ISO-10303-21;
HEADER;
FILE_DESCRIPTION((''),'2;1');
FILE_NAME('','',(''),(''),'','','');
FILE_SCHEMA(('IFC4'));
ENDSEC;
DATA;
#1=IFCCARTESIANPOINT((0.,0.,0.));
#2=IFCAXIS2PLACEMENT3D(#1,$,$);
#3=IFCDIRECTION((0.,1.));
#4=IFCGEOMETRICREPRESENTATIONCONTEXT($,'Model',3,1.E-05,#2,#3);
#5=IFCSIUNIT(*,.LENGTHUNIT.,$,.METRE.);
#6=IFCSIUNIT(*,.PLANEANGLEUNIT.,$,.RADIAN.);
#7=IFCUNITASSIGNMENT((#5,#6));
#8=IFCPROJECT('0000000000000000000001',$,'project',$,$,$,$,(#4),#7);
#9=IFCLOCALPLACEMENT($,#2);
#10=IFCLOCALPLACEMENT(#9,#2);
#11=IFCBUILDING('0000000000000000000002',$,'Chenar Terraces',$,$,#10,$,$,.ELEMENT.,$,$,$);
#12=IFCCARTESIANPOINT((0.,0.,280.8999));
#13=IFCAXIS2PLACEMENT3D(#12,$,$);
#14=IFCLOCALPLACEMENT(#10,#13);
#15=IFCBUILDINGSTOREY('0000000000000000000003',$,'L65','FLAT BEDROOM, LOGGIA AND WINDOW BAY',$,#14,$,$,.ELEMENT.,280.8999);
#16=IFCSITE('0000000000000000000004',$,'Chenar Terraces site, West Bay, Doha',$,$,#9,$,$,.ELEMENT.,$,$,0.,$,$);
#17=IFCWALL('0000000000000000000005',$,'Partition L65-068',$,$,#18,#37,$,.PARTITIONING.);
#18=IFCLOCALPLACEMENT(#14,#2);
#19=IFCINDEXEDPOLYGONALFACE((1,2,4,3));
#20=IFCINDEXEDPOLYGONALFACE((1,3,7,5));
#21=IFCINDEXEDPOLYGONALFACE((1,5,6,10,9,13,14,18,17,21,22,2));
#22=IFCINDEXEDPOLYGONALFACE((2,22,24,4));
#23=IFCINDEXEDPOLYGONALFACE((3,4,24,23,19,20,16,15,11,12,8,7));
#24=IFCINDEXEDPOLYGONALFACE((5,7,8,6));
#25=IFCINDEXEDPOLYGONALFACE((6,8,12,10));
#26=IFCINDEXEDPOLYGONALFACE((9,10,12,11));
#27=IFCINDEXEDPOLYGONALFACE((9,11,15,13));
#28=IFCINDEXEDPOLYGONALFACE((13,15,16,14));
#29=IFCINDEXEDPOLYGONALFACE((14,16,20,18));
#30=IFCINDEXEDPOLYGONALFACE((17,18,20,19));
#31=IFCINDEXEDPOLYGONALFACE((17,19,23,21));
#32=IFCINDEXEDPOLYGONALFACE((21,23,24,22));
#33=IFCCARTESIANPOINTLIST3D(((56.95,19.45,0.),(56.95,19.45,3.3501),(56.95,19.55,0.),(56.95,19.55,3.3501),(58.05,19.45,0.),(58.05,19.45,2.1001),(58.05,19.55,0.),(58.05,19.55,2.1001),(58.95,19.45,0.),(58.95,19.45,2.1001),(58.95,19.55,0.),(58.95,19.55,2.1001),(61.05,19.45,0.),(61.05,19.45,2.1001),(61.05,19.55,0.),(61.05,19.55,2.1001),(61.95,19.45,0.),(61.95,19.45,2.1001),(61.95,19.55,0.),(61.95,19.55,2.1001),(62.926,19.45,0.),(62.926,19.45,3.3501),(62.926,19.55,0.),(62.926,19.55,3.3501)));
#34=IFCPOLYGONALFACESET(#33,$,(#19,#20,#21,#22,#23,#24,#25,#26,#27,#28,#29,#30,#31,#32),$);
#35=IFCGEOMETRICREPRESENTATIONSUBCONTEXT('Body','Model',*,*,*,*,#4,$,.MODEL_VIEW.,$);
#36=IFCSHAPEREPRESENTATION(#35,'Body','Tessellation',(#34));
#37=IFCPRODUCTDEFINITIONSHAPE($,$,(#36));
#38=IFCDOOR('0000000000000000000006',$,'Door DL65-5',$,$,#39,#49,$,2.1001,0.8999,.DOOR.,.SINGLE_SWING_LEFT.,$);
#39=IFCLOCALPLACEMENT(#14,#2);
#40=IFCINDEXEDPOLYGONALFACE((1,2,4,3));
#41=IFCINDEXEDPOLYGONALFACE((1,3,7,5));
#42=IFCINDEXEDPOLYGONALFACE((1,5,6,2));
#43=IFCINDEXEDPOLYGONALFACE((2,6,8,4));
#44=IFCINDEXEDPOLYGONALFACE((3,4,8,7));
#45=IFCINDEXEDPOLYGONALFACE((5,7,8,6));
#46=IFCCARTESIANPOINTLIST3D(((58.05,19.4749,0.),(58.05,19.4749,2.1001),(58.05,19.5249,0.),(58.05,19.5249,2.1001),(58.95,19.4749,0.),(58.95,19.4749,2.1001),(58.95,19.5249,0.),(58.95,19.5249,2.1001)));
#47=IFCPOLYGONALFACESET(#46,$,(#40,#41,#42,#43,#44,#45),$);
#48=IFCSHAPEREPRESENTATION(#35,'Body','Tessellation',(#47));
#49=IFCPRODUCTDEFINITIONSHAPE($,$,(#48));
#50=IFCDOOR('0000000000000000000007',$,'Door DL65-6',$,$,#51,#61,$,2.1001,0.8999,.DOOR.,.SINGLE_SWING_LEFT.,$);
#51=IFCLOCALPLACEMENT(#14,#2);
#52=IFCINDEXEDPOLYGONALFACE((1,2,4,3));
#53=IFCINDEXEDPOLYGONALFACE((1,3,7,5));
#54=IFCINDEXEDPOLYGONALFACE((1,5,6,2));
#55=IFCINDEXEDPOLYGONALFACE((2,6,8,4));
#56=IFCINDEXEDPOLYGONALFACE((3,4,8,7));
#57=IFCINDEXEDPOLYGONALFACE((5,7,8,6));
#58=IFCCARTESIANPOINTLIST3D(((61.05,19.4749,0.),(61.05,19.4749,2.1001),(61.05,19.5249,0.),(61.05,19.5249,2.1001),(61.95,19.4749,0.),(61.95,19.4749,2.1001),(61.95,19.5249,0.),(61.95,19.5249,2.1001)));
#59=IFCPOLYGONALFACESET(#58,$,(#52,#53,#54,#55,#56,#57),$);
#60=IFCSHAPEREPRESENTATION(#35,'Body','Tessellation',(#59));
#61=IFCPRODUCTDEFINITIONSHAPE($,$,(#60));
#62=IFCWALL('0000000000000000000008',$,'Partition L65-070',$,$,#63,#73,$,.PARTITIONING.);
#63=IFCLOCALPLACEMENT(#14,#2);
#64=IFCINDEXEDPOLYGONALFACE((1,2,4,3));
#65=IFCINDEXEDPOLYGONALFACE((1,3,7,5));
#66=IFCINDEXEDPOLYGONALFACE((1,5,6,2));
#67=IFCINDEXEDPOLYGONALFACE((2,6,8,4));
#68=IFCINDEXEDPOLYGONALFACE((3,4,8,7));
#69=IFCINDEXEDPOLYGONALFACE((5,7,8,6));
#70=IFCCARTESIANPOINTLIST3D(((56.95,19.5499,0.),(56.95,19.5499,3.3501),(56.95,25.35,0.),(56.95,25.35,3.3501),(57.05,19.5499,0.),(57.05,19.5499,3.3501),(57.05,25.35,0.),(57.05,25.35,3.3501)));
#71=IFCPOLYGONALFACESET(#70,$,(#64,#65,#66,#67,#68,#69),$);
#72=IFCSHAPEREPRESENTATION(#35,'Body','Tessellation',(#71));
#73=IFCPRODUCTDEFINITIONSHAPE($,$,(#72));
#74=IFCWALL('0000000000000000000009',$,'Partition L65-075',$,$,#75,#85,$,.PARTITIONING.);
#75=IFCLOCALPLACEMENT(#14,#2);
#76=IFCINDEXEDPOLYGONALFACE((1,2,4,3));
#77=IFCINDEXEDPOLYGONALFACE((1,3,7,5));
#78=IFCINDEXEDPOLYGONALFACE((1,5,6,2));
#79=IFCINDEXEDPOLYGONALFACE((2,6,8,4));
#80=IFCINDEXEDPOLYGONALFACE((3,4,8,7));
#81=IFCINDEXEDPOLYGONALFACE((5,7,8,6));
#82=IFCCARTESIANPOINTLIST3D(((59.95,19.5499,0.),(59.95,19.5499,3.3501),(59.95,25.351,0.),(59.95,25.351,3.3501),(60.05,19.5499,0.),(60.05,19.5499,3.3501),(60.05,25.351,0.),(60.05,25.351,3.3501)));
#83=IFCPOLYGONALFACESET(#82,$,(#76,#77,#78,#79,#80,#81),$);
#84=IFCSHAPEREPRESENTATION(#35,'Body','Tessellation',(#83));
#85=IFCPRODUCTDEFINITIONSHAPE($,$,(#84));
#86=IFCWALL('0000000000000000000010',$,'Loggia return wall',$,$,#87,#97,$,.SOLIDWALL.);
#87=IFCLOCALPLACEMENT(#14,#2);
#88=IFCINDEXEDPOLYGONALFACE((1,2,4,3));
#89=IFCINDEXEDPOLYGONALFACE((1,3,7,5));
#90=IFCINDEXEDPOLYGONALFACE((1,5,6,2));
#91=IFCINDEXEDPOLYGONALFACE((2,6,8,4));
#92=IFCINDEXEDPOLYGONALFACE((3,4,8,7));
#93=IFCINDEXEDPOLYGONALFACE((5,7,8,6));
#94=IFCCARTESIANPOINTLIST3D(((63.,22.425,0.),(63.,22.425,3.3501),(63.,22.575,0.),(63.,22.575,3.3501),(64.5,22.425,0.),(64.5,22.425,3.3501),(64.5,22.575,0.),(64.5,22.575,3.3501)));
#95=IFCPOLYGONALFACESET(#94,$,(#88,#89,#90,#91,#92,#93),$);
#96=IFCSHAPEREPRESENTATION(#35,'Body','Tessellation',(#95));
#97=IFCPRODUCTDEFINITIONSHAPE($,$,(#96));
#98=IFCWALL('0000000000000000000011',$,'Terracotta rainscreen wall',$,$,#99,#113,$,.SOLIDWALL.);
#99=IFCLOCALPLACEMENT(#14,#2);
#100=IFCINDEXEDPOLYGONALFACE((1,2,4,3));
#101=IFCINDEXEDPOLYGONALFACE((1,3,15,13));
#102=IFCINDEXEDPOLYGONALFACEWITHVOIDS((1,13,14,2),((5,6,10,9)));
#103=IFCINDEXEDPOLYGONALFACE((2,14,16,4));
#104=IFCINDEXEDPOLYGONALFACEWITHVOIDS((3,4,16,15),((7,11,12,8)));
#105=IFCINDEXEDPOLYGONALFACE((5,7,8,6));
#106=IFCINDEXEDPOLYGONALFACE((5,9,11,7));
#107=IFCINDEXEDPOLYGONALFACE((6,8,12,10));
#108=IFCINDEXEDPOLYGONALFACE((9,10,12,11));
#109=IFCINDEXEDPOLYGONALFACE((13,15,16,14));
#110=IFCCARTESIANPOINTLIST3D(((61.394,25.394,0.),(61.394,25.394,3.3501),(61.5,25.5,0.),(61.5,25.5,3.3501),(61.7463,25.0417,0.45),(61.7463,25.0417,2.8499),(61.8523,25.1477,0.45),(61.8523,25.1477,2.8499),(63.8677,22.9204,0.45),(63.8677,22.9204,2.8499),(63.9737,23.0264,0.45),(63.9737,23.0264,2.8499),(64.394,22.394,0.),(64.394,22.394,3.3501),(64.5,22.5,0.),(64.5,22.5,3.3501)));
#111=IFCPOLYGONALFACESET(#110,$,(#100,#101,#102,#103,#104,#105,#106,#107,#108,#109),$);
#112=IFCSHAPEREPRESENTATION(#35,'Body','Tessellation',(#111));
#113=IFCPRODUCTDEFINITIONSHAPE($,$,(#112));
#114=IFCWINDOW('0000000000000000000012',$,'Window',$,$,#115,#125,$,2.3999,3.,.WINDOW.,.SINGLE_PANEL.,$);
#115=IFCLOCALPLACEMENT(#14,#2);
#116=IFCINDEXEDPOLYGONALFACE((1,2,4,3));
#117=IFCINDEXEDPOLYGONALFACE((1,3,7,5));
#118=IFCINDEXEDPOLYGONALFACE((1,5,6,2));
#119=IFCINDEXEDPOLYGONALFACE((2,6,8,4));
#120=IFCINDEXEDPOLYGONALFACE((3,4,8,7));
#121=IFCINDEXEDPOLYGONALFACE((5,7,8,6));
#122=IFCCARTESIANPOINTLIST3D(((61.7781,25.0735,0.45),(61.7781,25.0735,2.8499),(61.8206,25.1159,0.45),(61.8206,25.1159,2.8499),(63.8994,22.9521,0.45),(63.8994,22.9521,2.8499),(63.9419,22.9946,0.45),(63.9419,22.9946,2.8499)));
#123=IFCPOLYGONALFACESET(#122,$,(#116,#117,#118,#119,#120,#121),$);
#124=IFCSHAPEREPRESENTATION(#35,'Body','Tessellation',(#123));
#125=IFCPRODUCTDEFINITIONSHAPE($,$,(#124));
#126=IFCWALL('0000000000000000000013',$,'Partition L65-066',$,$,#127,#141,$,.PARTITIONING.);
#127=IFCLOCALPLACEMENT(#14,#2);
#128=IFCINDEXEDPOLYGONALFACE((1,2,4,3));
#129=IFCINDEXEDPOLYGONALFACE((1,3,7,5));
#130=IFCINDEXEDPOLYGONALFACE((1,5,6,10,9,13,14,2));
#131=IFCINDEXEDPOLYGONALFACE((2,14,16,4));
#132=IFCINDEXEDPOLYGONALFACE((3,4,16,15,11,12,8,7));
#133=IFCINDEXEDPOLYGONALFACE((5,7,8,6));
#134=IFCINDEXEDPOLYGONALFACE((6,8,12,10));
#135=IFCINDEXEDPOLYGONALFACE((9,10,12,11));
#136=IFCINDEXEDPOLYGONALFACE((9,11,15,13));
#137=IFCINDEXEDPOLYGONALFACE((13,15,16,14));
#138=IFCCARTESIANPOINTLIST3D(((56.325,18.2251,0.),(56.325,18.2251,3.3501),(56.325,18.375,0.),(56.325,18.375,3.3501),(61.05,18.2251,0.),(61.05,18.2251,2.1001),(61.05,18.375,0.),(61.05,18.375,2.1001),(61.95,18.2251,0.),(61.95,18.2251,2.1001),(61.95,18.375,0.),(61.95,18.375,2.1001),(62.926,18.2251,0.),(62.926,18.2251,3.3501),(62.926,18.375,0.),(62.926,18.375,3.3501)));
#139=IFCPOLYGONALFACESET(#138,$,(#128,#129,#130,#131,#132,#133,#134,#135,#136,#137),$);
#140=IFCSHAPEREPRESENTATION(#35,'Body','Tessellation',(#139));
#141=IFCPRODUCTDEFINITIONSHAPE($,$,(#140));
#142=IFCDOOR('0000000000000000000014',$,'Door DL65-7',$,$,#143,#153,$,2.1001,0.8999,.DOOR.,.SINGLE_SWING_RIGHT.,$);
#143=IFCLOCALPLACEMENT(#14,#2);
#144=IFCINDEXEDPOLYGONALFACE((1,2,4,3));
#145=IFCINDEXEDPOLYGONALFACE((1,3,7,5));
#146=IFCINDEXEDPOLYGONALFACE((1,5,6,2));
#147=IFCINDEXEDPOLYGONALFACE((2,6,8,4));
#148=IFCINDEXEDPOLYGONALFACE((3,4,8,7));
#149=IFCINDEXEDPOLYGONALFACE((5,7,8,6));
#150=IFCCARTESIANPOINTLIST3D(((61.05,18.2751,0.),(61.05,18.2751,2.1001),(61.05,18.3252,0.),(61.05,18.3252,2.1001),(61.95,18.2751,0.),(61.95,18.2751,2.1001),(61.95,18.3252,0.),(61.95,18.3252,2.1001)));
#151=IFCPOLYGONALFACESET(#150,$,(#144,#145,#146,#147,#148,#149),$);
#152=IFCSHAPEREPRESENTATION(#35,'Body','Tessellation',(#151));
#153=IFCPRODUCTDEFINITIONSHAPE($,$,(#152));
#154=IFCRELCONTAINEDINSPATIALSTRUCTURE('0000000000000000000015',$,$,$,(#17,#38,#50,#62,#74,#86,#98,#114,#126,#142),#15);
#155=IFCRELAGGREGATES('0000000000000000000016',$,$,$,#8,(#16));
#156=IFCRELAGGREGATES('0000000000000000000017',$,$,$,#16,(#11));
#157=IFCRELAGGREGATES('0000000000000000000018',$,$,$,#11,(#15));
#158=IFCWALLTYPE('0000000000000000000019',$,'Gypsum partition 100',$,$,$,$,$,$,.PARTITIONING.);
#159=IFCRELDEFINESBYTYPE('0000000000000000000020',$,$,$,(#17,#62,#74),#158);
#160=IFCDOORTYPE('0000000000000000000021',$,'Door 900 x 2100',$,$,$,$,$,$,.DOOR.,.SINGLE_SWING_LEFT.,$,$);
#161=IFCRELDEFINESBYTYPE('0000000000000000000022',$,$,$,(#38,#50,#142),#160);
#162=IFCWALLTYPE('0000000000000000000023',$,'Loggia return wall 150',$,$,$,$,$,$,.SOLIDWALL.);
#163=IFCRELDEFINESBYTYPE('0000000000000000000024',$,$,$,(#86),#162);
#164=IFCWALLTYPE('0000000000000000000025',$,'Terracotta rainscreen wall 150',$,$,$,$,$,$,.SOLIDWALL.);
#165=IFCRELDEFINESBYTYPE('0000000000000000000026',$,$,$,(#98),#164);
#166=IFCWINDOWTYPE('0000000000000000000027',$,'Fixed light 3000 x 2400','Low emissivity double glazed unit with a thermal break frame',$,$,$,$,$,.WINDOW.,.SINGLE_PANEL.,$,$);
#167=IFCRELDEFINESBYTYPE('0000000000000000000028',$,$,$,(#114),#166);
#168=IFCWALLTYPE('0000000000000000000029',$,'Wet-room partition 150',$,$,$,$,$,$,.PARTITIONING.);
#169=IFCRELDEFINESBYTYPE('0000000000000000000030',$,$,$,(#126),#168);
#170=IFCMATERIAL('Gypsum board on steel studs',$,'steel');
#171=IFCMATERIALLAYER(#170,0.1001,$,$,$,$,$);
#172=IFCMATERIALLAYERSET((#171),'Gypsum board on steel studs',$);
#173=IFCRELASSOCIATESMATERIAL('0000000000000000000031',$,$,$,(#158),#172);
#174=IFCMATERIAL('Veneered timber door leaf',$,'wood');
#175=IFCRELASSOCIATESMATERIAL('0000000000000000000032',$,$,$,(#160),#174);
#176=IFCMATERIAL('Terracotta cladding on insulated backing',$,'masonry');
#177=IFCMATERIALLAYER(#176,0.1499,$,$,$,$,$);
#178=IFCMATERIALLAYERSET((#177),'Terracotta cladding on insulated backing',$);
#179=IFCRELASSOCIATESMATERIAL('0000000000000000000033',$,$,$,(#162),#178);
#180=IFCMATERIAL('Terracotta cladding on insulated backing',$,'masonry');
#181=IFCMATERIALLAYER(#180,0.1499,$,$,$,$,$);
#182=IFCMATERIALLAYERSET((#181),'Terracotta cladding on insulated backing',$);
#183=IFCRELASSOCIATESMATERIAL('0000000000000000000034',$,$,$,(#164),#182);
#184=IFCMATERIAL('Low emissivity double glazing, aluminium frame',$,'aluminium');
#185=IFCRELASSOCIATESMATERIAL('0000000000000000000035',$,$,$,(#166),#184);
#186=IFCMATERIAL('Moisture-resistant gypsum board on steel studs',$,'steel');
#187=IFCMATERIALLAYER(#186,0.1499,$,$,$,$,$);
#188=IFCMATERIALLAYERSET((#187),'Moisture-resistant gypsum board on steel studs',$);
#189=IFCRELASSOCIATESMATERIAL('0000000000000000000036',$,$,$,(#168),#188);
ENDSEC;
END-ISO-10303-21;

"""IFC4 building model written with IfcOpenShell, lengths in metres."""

from ifc_helpers import new_model, si_unit, direction, frame, frame_2d, origin, place, context, subcontext, project, spatial, rectangle, extrude, material, layer, layer_set, type_object, element, fill, save


model = new_model("IFC4")

# Units and contexts
model_context = context("Model", 3, precision=1e-05, world=origin(), true_north=direction((0.0, 1.0)))
body_context = subcontext(model_context, "Body", "Model", "MODEL_VIEW")
ifc_project = project(units=[si_unit("LENGTHUNIT", "METRE"), si_unit("PLANEANGLEUNIT", "RADIAN")], contexts=[model_context])

# Site, building, storey
site_placement = place(None, origin())
site = spatial("IfcSite", under=ifc_project, at=site_placement, Name="Chenar Terraces site, West Bay, Doha", CompositionType="ELEMENT", RefElevation=0.0)
building_placement = place(site_placement, origin())
building = spatial("IfcBuilding", under=site, at=building_placement, Name="Chenar Terraces", CompositionType="ELEMENT")
storey_placement = place(building_placement, frame((0.0, 0.0, 280.8999)))
storey = spatial("IfcBuildingStorey", under=building, at=storey_placement, Name="L65", Description="FLAT BEDROOM, LOGGIA AND WINDOW BAY", CompositionType="ELEMENT", Elevation=280.8999)

# Wall, openings, doors
ifc_material_1 = material(Name="Gypsum board on steel studs", Category="steel")
ifc_layer_1 = layer(ifc_material_1, 0.1001)
ifc_layer_set_1 = layer_set([ifc_layer_1], Name="Gypsum board on steel studs")
wall_type_1 = type_object("IfcWallType", Name="Gypsum partition 100", PredefinedType="PARTITIONING", material=ifc_layer_set_1)
wall_1_placement = place(storey_placement, frame((56.95, 19.5, 0.0), z_axis=(0.0, 0.0, 1.0), x_axis=(1.0, 0.0, 0.0)))
wall_1 = element("IfcWall", 1, at=wall_1_placement, inside=storey, type_object=wall_type_1, Name="Partition L65-068", PredefinedType="PARTITIONING", context=body_context, shape_type="SweptSolid", body=[
    extrude(rectangle(XDim=5.9761, YDim=0.1001, at=frame_2d((2.988, 0.0))), origin(), (0.0, 0.0, 1.0), 3.3501),
])
opening_1_placement = place(wall_1_placement, frame((1.1001, 0.0, 0.0)))
opening_1 = element("IfcOpeningElement", 2, at=opening_1_placement, cuts=wall_1, PredefinedType="OPENING", context=body_context, shape_type="SweptSolid", body=[
    extrude(rectangle(XDim=0.8999, YDim=2.1001, at=frame_2d((0.45, 1.05))), frame((0.0, 0.0601, 0.0), z_axis=(0.0, -1.0, 0.0), x_axis=(1.0, 0.0, 0.0)), (0.0, 0.0, 1.0), 0.1201),
])
opening_2_placement = place(wall_1_placement, frame((4.1001, 0.0, 0.0)))
opening_2 = element("IfcOpeningElement", 3, at=opening_2_placement, cuts=wall_1, PredefinedType="OPENING", context=body_context, shape_type="SweptSolid", body=[
    extrude(rectangle(XDim=0.8999, YDim=2.1001, at=frame_2d((0.45, 1.05))), frame((0.0, 0.0601, 0.0), z_axis=(0.0, -1.0, 0.0), x_axis=(1.0, 0.0, 0.0)), (0.0, 0.0, 1.0), 0.1201),
])
ifc_material_2 = material(Name="Veneered timber door leaf", Category="wood")
door_type = type_object("IfcDoorType", Name="Door 900 x 2100", OperationType="SINGLE_SWING_LEFT", PredefinedType="DOOR", material=ifc_material_2)
door_1_placement = place(opening_1_placement, origin())
door_1 = element("IfcDoor", 4, at=door_1_placement, inside=storey, type_object=door_type, Name="Door DL65-5", OperationType="SINGLE_SWING_LEFT", OverallHeight=2.1001, OverallWidth=0.8999, PredefinedType="DOOR", context=body_context, shape_type="SweptSolid", body=[
    extrude(rectangle(XDim=0.8999, YDim=2.1001, at=frame_2d((0.45, 1.05))), frame((0.0, 0.0249, 0.0), z_axis=(0.0, -1.0, 0.0), x_axis=(1.0, 0.0, 0.0)), (0.0, 0.0, 1.0), 0.05),
])
fill(opening_1, door_1)
door_2_placement = place(opening_2_placement, origin())
door_2 = element("IfcDoor", 5, at=door_2_placement, inside=storey, type_object=door_type, Name="Door DL65-6", OperationType="SINGLE_SWING_LEFT", OverallHeight=2.1001, OverallWidth=0.8999, PredefinedType="DOOR", context=body_context, shape_type="SweptSolid", body=[
    extrude(rectangle(XDim=0.8999, YDim=2.1001, at=frame_2d((0.45, 1.05))), frame((0.0, 0.0249, 0.0), z_axis=(0.0, -1.0, 0.0), x_axis=(1.0, 0.0, 0.0)), (0.0, 0.0, 1.0), 0.05),
])
fill(opening_2, door_2)

# Walls
wall_2_placement = place(storey_placement, frame((57.0, 19.55, 0.0), z_axis=(0.0, 0.0, 1.0), x_axis=(0.0, 1.0, 0.0)))
element("IfcWall", 6, at=wall_2_placement, inside=storey, type_object=wall_type_1, Name="Partition L65-070", PredefinedType="PARTITIONING", context=body_context, shape_type="SweptSolid", body=[
    extrude(rectangle(XDim=5.8, YDim=0.1001, at=frame_2d((2.8999, 0.0))), origin(), (0.0, 0.0, 1.0), 3.3501),
])
wall_3_placement = place(storey_placement, frame((60.0, 19.55, 0.0), z_axis=(0.0, 0.0, 1.0), x_axis=(0.0, 1.0, 0.0)))
element("IfcWall", 7, at=wall_3_placement, inside=storey, type_object=wall_type_1, Name="Partition L65-075", PredefinedType="PARTITIONING", context=body_context, shape_type="SweptSolid", body=[
    extrude(rectangle(XDim=5.801, YDim=0.1001, at=frame_2d((2.9004, 0.0))), origin(), (0.0, 0.0, 1.0), 3.3501),
])
ifc_material_3 = material(Name="Terracotta cladding on insulated backing", Category="masonry")
ifc_layer_2 = layer(ifc_material_3, 0.1499)
ifc_layer_set_2 = layer_set([ifc_layer_2], Name="Terracotta cladding on insulated backing")
wall_type_2 = type_object("IfcWallType", Name="Loggia return wall 150", PredefinedType="SOLIDWALL", material=ifc_layer_set_2)
wall_4_placement = place(storey_placement, frame((64.5, 22.5, 0.0), z_axis=(0.0, 0.0, 1.0), x_axis=(-1.0, 0.0, 0.0)))
element("IfcWall", 8, at=wall_4_placement, inside=storey, type_object=wall_type_2, Name="Loggia return wall", PredefinedType="SOLIDWALL", context=body_context, shape_type="SweptSolid", body=[
    extrude(rectangle(XDim=1.5, YDim=0.1499, at=frame_2d((0.75, 0.0))), origin(), (0.0, 0.0, 1.0), 3.3501),
])

# Wall, opening, window
ifc_material_4 = material(Name="Terracotta cladding on insulated backing", Category="masonry")
ifc_layer_3 = layer(ifc_material_4, 0.1499)
ifc_layer_set_3 = layer_set([ifc_layer_3], Name="Terracotta cladding on insulated backing")
wall_type_3 = type_object("IfcWallType", Name="Terracotta rainscreen wall 150", PredefinedType="SOLIDWALL", material=ifc_layer_set_3)
wall_5_placement = place(storey_placement, frame((64.447, 22.447, 0.0), z_axis=(0.0, 0.0, 1.0), x_axis=(-0.707107, 0.707107, 0.0)))
wall_5 = element("IfcWall", 9, at=wall_5_placement, inside=storey, type_object=wall_type_3, Name="Terracotta rainscreen wall", PredefinedType="SOLIDWALL", context=body_context, shape_type="SweptSolid", body=[
    extrude(rectangle(XDim=4.2427, YDim=0.1499, at=frame_2d((2.1213, 0.0))), origin(), (0.0, 0.0, 1.0), 3.3501),
])
opening_3_placement = place(wall_5_placement, frame((0.7444, 0.0, 0.45)))
opening_3 = element("IfcOpeningElement", 10, at=opening_3_placement, cuts=wall_5, PredefinedType="OPENING", context=body_context, shape_type="SweptSolid", body=[
    extrude(rectangle(XDim=3.0, YDim=2.3999, at=frame_2d((1.5, 1.2))), frame((0.0, 0.085, 0.0), z_axis=(0.0, -1.0, 0.0), x_axis=(1.0, 0.0, 0.0)), (0.0, 0.0, 1.0), 0.1699),
])
ifc_material_5 = material(Name="Low emissivity double glazing, aluminium frame", Category="aluminium")
window_type_1 = type_object("IfcWindowType", Name="Fixed light 3000 x 2400", Description="Low emissivity double glazed unit with a thermal break frame", PartitioningType="SINGLE_PANEL", PredefinedType="WINDOW", material=ifc_material_5)
window_1_placement = place(opening_3_placement, origin())
window_1 = element("IfcWindow", 11, at=window_1_placement, inside=storey, type_object=window_type_1, Name="Window", OverallHeight=2.3999, OverallWidth=3.0, PartitioningType="SINGLE_PANEL", PredefinedType="WINDOW", context=body_context, shape_type="SweptSolid", body=[
    extrude(rectangle(XDim=3.0, YDim=2.3999, at=frame_2d((1.5, 1.2))), frame((0.0, 0.03, 0.0), z_axis=(0.0, -1.0, 0.0), x_axis=(1.0, 0.0, 0.0)), (0.0, 0.0, 1.0), 0.0601),
])
fill(opening_3, window_1)

# Wall, opening, door
ifc_material_6 = material(Name="Moisture-resistant gypsum board on steel studs", Category="steel")
ifc_layer_4 = layer(ifc_material_6, 0.1499)
ifc_layer_set_4 = layer_set([ifc_layer_4], Name="Moisture-resistant gypsum board on steel studs")
wall_type_4 = type_object("IfcWallType", Name="Wet-room partition 150", PredefinedType="PARTITIONING", material=ifc_layer_set_4)
wall_6_placement = place(storey_placement, frame((56.325, 18.3, 0.0), z_axis=(0.0, 0.0, 1.0), x_axis=(1.0, 0.0, 0.0)))
wall_6 = element("IfcWall", 12, at=wall_6_placement, inside=storey, type_object=wall_type_4, Name="Partition L65-066", PredefinedType="PARTITIONING", context=body_context, shape_type="SweptSolid", body=[
    extrude(rectangle(XDim=6.6011, YDim=0.1499, at=frame_2d((3.3005, 0.0))), origin(), (0.0, 0.0, 1.0), 3.3501),
])
opening_4_placement = place(wall_6_placement, frame((4.7251, 0.0, 0.0)))
opening_4 = element("IfcOpeningElement", 13, at=opening_4_placement, cuts=wall_6, PredefinedType="OPENING", context=body_context, shape_type="SweptSolid", body=[
    extrude(rectangle(XDim=0.8999, YDim=2.1001, at=frame_2d((0.45, 1.05))), frame((0.0, 0.085, 0.0), z_axis=(0.0, -1.0, 0.0), x_axis=(1.0, 0.0, 0.0)), (0.0, 0.0, 1.0), 0.1699),
])
door_3_placement = place(opening_4_placement, frame((0.8999, 0.0, 0.0), z_axis=(0.0, 0.0, 1.0), x_axis=(-1.0, 0.0, 0.0)))
door_3 = element("IfcDoor", 14, at=door_3_placement, inside=storey, type_object=door_type, Name="Door DL65-7", OperationType="SINGLE_SWING_RIGHT", OverallHeight=2.1001, OverallWidth=0.8999, PredefinedType="DOOR", context=body_context, shape_type="SweptSolid", body=[
    extrude(rectangle(XDim=0.8999, YDim=2.1001, at=frame_2d((0.45, 1.05))), frame((0.0, 0.0249, 0.0), z_axis=(0.0, -1.0, 0.0), x_axis=(1.0, 0.0, 0.0)), (0.0, 0.0, 1.0), 0.05),
])
fill(opening_4, door_3)

save(model, "model.ifc")
